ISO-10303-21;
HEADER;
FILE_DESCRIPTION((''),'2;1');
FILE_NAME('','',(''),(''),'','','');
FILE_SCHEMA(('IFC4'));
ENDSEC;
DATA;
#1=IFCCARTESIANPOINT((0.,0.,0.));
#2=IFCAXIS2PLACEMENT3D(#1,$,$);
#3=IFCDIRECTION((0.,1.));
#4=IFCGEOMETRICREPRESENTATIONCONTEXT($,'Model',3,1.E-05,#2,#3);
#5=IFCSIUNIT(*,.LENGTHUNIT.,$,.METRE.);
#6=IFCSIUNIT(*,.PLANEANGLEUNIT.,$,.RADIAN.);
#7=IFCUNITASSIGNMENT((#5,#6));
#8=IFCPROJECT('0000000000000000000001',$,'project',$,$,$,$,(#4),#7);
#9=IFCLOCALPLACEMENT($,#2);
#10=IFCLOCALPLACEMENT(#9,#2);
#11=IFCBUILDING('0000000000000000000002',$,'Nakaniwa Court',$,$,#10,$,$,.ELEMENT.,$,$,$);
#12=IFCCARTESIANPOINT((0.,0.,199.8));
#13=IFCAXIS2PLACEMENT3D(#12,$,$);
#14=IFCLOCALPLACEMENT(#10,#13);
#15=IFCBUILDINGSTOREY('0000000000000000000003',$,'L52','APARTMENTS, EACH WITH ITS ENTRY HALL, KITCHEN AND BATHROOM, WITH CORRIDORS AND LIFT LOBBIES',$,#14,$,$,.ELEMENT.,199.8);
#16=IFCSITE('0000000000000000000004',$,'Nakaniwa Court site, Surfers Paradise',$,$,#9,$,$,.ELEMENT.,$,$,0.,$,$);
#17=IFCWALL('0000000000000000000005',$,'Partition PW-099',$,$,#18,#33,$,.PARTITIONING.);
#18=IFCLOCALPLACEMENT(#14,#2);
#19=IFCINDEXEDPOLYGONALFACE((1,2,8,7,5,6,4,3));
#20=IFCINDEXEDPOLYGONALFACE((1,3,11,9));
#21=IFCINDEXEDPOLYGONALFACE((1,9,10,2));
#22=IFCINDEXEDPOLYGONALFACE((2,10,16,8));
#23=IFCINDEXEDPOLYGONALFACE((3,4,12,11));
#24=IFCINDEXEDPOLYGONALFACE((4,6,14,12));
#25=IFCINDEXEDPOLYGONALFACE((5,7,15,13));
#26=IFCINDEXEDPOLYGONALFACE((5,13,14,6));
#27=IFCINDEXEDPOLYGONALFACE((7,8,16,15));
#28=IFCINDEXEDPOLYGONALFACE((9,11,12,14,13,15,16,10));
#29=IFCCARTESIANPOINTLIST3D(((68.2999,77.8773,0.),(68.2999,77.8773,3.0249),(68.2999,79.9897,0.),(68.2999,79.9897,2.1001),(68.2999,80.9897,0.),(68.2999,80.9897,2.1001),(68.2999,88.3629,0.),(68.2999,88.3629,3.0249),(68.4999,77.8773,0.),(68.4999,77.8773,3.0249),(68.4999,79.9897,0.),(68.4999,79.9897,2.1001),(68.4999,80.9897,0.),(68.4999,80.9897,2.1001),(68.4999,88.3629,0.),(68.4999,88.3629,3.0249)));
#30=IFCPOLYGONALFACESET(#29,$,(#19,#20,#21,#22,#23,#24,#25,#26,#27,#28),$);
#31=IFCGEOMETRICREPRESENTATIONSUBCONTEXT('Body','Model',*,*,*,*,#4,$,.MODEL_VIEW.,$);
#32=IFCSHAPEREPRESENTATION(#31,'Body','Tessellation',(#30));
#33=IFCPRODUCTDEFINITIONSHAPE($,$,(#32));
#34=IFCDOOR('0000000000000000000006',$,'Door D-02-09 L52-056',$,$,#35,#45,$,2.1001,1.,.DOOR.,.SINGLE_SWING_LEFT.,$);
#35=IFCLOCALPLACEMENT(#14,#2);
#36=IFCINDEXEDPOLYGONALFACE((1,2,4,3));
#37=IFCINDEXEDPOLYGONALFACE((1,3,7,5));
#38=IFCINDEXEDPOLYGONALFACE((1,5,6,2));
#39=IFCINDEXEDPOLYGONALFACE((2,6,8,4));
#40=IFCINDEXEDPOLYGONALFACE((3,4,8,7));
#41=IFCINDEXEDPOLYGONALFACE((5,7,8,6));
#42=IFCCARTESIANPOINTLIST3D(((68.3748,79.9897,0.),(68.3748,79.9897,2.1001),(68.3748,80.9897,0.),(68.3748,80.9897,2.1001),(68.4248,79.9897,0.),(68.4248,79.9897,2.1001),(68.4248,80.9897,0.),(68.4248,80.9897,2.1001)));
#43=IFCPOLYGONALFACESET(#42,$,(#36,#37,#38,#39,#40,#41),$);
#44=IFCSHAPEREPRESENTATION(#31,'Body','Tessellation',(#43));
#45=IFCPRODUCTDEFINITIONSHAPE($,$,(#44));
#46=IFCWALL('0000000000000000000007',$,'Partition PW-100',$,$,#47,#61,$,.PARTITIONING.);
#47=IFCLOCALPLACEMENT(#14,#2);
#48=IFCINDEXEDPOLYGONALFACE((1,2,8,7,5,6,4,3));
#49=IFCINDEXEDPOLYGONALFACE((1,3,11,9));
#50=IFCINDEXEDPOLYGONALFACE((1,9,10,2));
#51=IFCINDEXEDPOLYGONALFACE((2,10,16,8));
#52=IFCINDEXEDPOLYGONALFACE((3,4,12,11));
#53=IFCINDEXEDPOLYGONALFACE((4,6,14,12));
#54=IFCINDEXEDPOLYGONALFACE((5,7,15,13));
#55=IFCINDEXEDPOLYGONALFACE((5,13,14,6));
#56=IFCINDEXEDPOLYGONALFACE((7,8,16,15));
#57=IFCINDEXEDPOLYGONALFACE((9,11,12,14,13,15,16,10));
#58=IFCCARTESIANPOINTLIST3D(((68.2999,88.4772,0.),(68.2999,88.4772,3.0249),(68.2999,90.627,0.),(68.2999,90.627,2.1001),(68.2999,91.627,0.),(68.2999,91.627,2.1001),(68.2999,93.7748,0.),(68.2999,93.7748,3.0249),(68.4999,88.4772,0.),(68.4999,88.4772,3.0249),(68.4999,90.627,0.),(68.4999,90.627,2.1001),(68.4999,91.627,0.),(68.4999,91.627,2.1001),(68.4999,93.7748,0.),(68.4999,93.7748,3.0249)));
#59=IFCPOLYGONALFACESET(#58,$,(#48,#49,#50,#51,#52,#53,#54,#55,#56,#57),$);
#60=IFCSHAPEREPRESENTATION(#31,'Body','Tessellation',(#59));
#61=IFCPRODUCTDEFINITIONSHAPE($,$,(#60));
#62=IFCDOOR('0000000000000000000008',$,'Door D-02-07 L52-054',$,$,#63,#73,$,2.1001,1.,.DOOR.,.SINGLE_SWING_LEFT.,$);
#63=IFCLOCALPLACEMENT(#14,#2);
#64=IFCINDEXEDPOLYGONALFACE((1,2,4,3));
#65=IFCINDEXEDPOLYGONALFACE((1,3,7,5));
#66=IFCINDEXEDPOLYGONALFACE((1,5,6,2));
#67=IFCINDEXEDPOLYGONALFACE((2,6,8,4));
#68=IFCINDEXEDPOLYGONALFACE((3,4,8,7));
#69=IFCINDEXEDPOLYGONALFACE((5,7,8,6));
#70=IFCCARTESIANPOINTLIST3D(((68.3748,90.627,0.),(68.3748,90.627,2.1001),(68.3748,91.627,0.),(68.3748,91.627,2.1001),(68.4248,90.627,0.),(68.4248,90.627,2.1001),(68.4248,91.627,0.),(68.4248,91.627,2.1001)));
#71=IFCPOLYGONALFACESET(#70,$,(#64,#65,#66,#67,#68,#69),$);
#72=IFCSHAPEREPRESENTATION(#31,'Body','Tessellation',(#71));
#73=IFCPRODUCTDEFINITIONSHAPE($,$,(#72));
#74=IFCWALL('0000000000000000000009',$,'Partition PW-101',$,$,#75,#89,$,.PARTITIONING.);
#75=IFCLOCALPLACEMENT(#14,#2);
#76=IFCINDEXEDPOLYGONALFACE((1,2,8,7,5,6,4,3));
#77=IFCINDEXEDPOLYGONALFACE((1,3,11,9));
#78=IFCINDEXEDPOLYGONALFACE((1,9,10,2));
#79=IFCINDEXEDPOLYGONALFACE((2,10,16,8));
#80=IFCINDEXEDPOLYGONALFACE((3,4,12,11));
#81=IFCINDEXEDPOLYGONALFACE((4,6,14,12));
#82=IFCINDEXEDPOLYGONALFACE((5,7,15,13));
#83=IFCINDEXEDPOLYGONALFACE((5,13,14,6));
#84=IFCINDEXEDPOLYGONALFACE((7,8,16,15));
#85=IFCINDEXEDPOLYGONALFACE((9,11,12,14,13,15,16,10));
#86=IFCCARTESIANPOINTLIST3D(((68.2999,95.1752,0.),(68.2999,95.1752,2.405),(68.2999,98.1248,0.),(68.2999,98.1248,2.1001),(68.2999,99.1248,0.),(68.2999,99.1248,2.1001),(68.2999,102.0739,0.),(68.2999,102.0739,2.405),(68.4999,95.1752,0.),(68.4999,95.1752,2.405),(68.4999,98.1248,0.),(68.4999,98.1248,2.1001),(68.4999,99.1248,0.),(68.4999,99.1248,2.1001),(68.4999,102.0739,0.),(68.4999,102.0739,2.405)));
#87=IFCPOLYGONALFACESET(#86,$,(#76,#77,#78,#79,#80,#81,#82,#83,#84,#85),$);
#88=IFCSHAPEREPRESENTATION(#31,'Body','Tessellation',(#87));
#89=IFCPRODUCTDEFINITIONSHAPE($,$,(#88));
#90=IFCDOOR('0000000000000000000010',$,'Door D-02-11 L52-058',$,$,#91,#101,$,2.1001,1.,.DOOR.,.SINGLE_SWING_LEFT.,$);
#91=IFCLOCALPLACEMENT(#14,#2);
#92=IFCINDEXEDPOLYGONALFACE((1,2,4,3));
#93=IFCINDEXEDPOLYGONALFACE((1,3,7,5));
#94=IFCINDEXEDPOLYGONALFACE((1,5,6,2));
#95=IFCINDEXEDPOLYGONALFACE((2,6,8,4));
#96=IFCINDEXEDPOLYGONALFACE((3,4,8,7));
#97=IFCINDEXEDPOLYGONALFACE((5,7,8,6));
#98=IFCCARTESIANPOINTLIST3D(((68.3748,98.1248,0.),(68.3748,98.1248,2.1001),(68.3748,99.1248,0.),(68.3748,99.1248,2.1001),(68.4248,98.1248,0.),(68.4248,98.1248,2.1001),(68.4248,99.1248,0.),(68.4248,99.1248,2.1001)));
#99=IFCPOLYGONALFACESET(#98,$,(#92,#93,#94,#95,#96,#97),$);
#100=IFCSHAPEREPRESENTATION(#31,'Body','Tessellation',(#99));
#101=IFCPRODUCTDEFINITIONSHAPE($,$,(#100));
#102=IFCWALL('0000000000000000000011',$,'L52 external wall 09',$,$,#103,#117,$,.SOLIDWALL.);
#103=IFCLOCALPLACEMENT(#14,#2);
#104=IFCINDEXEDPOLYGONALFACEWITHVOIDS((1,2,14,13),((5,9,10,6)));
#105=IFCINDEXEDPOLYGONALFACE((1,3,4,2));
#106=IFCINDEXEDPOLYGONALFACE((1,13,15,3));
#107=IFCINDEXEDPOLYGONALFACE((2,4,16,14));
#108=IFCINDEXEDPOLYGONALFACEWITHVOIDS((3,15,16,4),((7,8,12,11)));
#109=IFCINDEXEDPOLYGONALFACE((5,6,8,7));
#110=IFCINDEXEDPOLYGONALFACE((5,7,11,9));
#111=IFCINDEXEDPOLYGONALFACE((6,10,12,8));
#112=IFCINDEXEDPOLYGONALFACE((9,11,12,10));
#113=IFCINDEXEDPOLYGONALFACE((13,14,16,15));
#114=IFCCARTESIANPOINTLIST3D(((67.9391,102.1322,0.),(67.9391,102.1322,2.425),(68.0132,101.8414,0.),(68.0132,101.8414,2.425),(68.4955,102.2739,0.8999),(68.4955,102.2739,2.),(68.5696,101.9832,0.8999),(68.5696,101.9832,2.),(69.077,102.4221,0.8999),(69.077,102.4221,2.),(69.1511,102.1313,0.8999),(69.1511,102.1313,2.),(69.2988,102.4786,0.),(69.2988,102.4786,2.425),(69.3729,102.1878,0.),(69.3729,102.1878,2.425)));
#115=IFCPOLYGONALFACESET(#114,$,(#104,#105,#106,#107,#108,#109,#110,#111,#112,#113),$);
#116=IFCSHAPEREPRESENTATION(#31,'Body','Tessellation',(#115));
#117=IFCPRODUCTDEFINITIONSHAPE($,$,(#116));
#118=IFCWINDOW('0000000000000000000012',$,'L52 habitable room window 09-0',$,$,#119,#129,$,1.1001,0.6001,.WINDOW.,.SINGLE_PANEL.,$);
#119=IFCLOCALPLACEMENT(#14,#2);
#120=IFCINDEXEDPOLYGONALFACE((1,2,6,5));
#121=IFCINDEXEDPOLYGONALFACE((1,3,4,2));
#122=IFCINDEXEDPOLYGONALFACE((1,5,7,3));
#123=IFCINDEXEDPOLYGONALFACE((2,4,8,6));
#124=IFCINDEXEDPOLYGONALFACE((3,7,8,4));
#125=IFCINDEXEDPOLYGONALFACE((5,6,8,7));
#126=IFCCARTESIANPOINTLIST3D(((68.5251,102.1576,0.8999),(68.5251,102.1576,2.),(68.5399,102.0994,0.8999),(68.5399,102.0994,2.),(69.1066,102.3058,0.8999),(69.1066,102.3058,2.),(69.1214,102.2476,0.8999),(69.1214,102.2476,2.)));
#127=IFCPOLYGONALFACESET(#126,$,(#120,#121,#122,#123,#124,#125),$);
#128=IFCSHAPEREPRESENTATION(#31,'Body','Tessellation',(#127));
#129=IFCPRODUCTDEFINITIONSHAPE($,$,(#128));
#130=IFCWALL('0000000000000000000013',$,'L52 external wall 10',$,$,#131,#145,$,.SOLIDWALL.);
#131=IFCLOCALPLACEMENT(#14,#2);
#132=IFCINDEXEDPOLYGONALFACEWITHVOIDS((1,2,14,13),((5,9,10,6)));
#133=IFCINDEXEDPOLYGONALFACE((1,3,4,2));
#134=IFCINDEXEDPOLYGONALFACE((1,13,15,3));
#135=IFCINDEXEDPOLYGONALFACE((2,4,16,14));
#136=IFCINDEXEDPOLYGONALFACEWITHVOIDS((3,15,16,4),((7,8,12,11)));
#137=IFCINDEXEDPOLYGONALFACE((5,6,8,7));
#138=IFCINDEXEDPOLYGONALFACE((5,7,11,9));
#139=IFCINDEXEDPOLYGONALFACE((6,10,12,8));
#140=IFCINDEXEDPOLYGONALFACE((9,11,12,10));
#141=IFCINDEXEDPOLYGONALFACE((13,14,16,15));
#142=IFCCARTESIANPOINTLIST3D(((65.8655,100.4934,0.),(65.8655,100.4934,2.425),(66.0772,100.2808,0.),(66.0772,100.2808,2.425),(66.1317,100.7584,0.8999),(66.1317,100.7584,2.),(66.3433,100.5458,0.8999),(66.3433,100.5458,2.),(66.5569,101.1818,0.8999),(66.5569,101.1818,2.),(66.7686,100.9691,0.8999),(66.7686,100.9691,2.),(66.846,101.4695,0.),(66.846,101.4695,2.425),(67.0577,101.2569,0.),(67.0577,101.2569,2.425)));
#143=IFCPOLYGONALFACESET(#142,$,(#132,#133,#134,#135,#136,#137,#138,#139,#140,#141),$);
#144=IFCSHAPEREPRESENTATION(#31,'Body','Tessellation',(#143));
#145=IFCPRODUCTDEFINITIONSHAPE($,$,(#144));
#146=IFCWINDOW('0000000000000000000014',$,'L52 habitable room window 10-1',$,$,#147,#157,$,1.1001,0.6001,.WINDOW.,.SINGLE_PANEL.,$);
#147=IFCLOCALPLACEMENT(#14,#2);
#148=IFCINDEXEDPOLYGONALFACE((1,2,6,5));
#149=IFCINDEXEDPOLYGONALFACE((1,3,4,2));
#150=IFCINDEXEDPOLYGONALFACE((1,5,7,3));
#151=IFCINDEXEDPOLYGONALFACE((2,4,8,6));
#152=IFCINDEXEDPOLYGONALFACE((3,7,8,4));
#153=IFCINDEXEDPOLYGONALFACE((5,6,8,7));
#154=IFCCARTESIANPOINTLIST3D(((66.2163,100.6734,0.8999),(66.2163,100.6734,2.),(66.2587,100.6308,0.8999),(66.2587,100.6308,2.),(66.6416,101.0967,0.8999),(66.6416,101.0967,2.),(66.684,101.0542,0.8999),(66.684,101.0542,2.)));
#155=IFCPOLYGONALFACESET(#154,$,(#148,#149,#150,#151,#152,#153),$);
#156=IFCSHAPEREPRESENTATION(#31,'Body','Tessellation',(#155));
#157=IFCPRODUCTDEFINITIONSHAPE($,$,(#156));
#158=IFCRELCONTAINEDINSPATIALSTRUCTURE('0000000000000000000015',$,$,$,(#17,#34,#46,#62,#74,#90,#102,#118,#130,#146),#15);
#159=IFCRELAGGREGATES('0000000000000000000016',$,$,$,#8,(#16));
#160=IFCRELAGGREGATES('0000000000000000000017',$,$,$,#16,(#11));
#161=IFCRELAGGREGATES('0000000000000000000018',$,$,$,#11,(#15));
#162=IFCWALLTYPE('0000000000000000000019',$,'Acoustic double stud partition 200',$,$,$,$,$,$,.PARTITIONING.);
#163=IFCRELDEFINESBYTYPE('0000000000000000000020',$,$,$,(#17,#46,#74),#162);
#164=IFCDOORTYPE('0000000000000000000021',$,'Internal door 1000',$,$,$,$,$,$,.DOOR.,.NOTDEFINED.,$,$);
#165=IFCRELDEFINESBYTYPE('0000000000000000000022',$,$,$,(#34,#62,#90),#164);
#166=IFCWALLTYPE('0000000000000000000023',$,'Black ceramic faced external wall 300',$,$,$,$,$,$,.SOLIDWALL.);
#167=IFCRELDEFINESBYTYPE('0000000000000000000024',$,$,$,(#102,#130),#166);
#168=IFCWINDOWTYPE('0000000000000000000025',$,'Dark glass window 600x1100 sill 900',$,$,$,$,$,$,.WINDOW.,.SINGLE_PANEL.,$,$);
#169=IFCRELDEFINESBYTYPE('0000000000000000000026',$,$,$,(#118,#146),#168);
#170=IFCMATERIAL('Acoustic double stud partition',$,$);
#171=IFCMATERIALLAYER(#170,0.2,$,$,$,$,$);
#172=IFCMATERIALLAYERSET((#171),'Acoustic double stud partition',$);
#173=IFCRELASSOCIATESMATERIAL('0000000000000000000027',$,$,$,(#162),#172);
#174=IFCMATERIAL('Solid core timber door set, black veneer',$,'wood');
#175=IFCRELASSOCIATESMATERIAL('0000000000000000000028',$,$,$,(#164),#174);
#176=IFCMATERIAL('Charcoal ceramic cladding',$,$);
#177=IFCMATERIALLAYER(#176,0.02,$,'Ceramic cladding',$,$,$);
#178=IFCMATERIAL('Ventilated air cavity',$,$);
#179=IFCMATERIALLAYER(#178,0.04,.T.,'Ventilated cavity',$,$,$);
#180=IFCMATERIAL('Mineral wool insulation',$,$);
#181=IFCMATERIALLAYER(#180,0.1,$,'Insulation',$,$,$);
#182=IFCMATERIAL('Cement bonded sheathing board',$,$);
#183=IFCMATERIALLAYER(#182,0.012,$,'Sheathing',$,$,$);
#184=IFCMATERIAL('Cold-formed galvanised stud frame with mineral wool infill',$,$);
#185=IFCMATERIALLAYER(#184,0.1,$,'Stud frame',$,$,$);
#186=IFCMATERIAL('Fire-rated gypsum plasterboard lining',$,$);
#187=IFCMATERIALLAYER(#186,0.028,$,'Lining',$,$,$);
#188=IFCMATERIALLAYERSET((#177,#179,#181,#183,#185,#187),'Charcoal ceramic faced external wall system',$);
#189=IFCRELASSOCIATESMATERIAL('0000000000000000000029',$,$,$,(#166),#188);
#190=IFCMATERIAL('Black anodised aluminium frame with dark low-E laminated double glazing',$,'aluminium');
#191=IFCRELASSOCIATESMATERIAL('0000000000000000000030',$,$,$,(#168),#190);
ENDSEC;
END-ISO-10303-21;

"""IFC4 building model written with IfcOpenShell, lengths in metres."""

from ifc_helpers import new_model, si_unit, direction, frame, frame_2d, origin, place, context, subcontext, project, spatial, rectangle, extrude, material, layer, layer_set, type_object, element, fill, save


model = new_model("IFC4")

# Units and contexts
model_context = context("Model", 3, precision=1e-05, world=origin(), true_north=direction((0.0, 1.0)))
body_context = subcontext(model_context, "Body", "Model", "MODEL_VIEW")
ifc_project = project(units=[si_unit("LENGTHUNIT", "METRE"), si_unit("PLANEANGLEUNIT", "RADIAN")], contexts=[model_context])

# Site, building, storey
site_placement = place(None, origin())
site = spatial("IfcSite", under=ifc_project, at=site_placement, Name="Nakaniwa Court site, Surfers Paradise", CompositionType="ELEMENT", RefElevation=0.0)
building_placement = place(site_placement, origin())
building = spatial("IfcBuilding", under=site, at=building_placement, Name="Nakaniwa Court", CompositionType="ELEMENT")
storey_placement = place(building_placement, frame((0.0, 0.0, 199.8)))
storey = spatial("IfcBuildingStorey", under=building, at=storey_placement, Name="L52", Description="APARTMENTS, EACH WITH ITS ENTRY HALL, KITCHEN AND BATHROOM, WITH CORRIDORS AND LIFT LOBBIES", CompositionType="ELEMENT", Elevation=199.8)

# Shared definitions
ifc_material_1 = material(Name="Acoustic double stud partition")
ifc_layer_1 = layer(ifc_material_1, 0.2)
ifc_layer_set_1 = layer_set([ifc_layer_1], Name="Acoustic double stud partition")
wall_type_1 = type_object("IfcWallType", Name="Acoustic double stud partition 200", PredefinedType="PARTITIONING", material=ifc_layer_set_1)

# Walls, openings, doors
wall_1_placement = place(storey_placement, frame((68.3999, 88.3628, 0.0), z_axis=(0.0, 0.0, 1.0), x_axis=(0.0, -1.0, 0.0)))
wall_1 = element("IfcWall", 1, at=wall_1_placement, inside=storey, type_object=wall_type_1, Name="Partition PW-099", PredefinedType="PARTITIONING", context=body_context, shape_type="SweptSolid", body=[
    extrude(rectangle(XDim=10.4856, YDim=0.2, at=frame_2d((5.2427, 0.0))), origin(), (0.0, 0.0, 1.0), 3.0249),
])
opening_1_placement = place(wall_1_placement, frame((7.373, 0.0, 0.0)))
opening_1 = element("IfcOpeningElement", 2, at=opening_1_placement, cuts=wall_1, PredefinedType="OPENING", context=body_context, shape_type="SweptSolid", body=[
    extrude(rectangle(XDim=1.0, YDim=2.1001, at=frame_2d((0.5, 1.05))), frame((0.0, 0.1099, 0.0), z_axis=(0.0, -1.0, 0.0), x_axis=(1.0, 0.0, 0.0)), (0.0, 0.0, 1.0), 0.22),
])
ifc_material_2 = material(Name="Solid core timber door set, black veneer", Category="wood")
door_type = type_object("IfcDoorType", Name="Internal door 1000", OperationType="NOTDEFINED", PredefinedType="DOOR", material=ifc_material_2)
door_1_placement = place(opening_1_placement, origin())
door_1 = element("IfcDoor", 3, at=door_1_placement, inside=storey, type_object=door_type, Name="Door D-02-09 L52-056", OperationType="SINGLE_SWING_LEFT", OverallHeight=2.1001, OverallWidth=1.0, PredefinedType="DOOR", context=body_context, shape_type="SweptSolid", body=[
    extrude(rectangle(XDim=1.0, YDim=2.1001, at=frame_2d((0.5, 1.05))), frame((0.0, 0.0249, 0.0), z_axis=(0.0, -1.0, 0.0), x_axis=(1.0, 0.0, 0.0)), (0.0, 0.0, 1.0), 0.05),
])
fill(opening_1, door_1)
wall_2_placement = place(storey_placement, frame((68.3999, 93.7749, 0.0), z_axis=(0.0, 0.0, 1.0), x_axis=(0.0, -1.0, 0.0)))
wall_2 = element("IfcWall", 4, at=wall_2_placement, inside=storey, type_object=wall_type_1, Name="Partition PW-100", PredefinedType="PARTITIONING", context=body_context, shape_type="SweptSolid", body=[
    extrude(rectangle(XDim=5.2976, YDim=0.2, at=frame_2d((2.6489, 0.0))), origin(), (0.0, 0.0, 1.0), 3.0249),
])
opening_2_placement = place(wall_2_placement, frame((2.1479, 0.0, 0.0)))
opening_2 = element("IfcOpeningElement", 5, at=opening_2_placement, cuts=wall_2, PredefinedType="OPENING", context=body_context, shape_type="SweptSolid", body=[
    extrude(rectangle(XDim=1.0, YDim=2.1001, at=frame_2d((0.5, 1.05))), frame((0.0, 0.1099, 0.0), z_axis=(0.0, -1.0, 0.0), x_axis=(1.0, 0.0, 0.0)), (0.0, 0.0, 1.0), 0.22),
])
door_2_placement = place(opening_2_placement, origin())
door_2 = element("IfcDoor", 6, at=door_2_placement, inside=storey, type_object=door_type, Name="Door D-02-07 L52-054", OperationType="SINGLE_SWING_LEFT", OverallHeight=2.1001, OverallWidth=1.0, PredefinedType="DOOR", context=body_context, shape_type="SweptSolid", body=[
    extrude(rectangle(XDim=1.0, YDim=2.1001, at=frame_2d((0.5, 1.05))), frame((0.0, 0.0249, 0.0), z_axis=(0.0, -1.0, 0.0), x_axis=(1.0, 0.0, 0.0)), (0.0, 0.0, 1.0), 0.05),
])
fill(opening_2, door_2)
wall_3_placement = place(storey_placement, frame((68.3999, 102.0737, 0.0), z_axis=(0.0, 0.0, 1.0), x_axis=(0.0, -1.0, 0.0)))
wall_3 = element("IfcWall", 7, at=wall_3_placement, inside=storey, type_object=wall_type_1, Name="Partition PW-101", PredefinedType="PARTITIONING", context=body_context, shape_type="SweptSolid", body=[
    extrude(rectangle(XDim=6.8987, YDim=0.2, at=frame_2d((3.4492, 0.0))), origin(), (0.0, 0.0, 1.0), 2.405),
])
opening_3_placement = place(wall_3_placement, frame((2.949, 0.0, 0.0)))
opening_3 = element("IfcOpeningElement", 8, at=opening_3_placement, cuts=wall_3, PredefinedType="OPENING", context=body_context, shape_type="SweptSolid", body=[
    extrude(rectangle(XDim=1.0, YDim=2.1001, at=frame_2d((0.5, 1.05))), frame((0.0, 0.1099, 0.0), z_axis=(0.0, -1.0, 0.0), x_axis=(1.0, 0.0, 0.0)), (0.0, 0.0, 1.0), 0.22),
])
door_3_placement = place(opening_3_placement, origin())
door_3 = element("IfcDoor", 9, at=door_3_placement, inside=storey, type_object=door_type, Name="Door D-02-11 L52-058", OperationType="SINGLE_SWING_LEFT", OverallHeight=2.1001, OverallWidth=1.0, PredefinedType="DOOR", context=body_context, shape_type="SweptSolid", body=[
    extrude(rectangle(XDim=1.0, YDim=2.1001, at=frame_2d((0.5, 1.05))), frame((0.0, 0.0249, 0.0), z_axis=(0.0, -1.0, 0.0), x_axis=(1.0, 0.0, 0.0)), (0.0, 0.0, 1.0), 0.05),
])
fill(opening_3, door_3)

# Walls, openings, windows
ifc_material_3 = material(Name="Charcoal ceramic cladding")
ifc_layer_2 = layer(ifc_material_3, 0.02, Name="Ceramic cladding")
ifc_material_4 = material(Name="Ventilated air cavity")
ifc_layer_3 = layer(ifc_material_4, 0.04, ventilated=True, Name="Ventilated cavity")
ifc_material_5 = material(Name="Mineral wool insulation")
ifc_layer_4 = layer(ifc_material_5, 0.1, Name="Insulation")
ifc_material_6 = material(Name="Cement bonded sheathing board")
ifc_layer_5 = layer(ifc_material_6, 0.012, Name="Sheathing")
ifc_material_7 = material(Name="Cold-formed galvanised stud frame with mineral wool infill")
ifc_layer_6 = layer(ifc_material_7, 0.1, Name="Stud frame")
ifc_material_8 = material(Name="Fire-rated gypsum plasterboard lining")
ifc_layer_7 = layer(ifc_material_8, 0.028, Name="Lining")
ifc_layer_set_2 = layer_set([ifc_layer_2, ifc_layer_3, ifc_layer_4, ifc_layer_5, ifc_layer_6, ifc_layer_7], Name="Charcoal ceramic faced external wall system")
wall_type_2 = type_object("IfcWallType", Name="Black ceramic faced external wall 300", PredefinedType="SOLIDWALL", material=ifc_layer_set_2)
wall_4_placement = place(storey_placement, frame((69.3359, 102.3333, 0.0), z_axis=(0.0, 0.0, 1.0), x_axis=(-0.969037, -0.246914, 0.0)))
wall_4 = element("IfcWall", 10, at=wall_4_placement, inside=storey, type_object=wall_type_2, Name="L52 external wall 09", PredefinedType="SOLIDWALL", context=body_context, shape_type="SweptSolid", body=[
    extrude(rectangle(XDim=1.4031, YDim=0.3, at=frame_2d((0.7017, 0.0))), origin(), (0.0, 0.0, 1.0), 2.425),
])
opening_4_placement = place(wall_4_placement, frame((0.229, 0.0, 0.8999)))
opening_4 = element("IfcOpeningElement", 11, at=opening_4_placement, cuts=wall_4, PredefinedType="OPENING", context=body_context, shape_type="SweptSolid", body=[
    extrude(rectangle(XDim=0.6001, YDim=1.1001, at=frame_2d((0.3, 0.55))), frame((0.0, 0.1599, 0.0), z_axis=(0.0, -1.0, 0.0), x_axis=(1.0, 0.0, 0.0)), (0.0, 0.0, 1.0), 0.3201),
])
ifc_material_9 = material(Name="Black anodised aluminium frame with dark low-E laminated double glazing", Category="aluminium")
window_type_1 = type_object("IfcWindowType", Name="Dark glass window 600x1100 sill 900", PartitioningType="SINGLE_PANEL", PredefinedType="WINDOW", material=ifc_material_9)
window_1_placement = place(opening_4_placement, origin())
window_1 = element("IfcWindow", 12, at=window_1_placement, inside=storey, type_object=window_type_1, Name="L52 habitable room window 09-0", OverallHeight=1.1001, OverallWidth=0.6001, PartitioningType="SINGLE_PANEL", PredefinedType="WINDOW", context=body_context, shape_type="SweptSolid", body=[
    extrude(rectangle(XDim=0.6001, YDim=1.1001, at=frame_2d((0.3, 0.55))), frame((0.0, 0.03, 0.0), z_axis=(0.0, -1.0, 0.0), x_axis=(1.0, 0.0, 0.0)), (0.0, 0.0, 1.0), 0.0601),
])
fill(opening_4, window_1)
wall_5_placement = place(storey_placement, frame((66.9519, 101.3633, 0.0), z_axis=(0.0, 0.0, 1.0), x_axis=(-0.708693, -0.705517, 0.0)))
wall_5 = element("IfcWall", 13, at=wall_5_placement, inside=storey, type_object=wall_type_2, Name="L52 external wall 10", PredefinedType="SOLIDWALL", context=body_context, shape_type="SweptSolid", body=[
    extrude(rectangle(XDim=1.3835, YDim=0.3, at=frame_2d((0.6919, 0.0))), origin(), (0.0, 0.0, 1.0), 2.425),
])
opening_5_placement = place(wall_5_placement, frame((0.408, 0.0, 0.8999)))
opening_5 = element("IfcOpeningElement", 14, at=opening_5_placement, cuts=wall_5, PredefinedType="OPENING", context=body_context, shape_type="SweptSolid", body=[
    extrude(rectangle(XDim=0.6001, YDim=1.1001, at=frame_2d((0.3, 0.55))), frame((0.0, 0.1599, 0.0), z_axis=(0.0, -1.0, 0.0), x_axis=(1.0, 0.0, 0.0)), (0.0, 0.0, 1.0), 0.3201),
])
window_2_placement = place(opening_5_placement, origin())
window_2 = element("IfcWindow", 15, at=window_2_placement, inside=storey, type_object=window_type_1, Name="L52 habitable room window 10-1", OverallHeight=1.1001, OverallWidth=0.6001, PartitioningType="SINGLE_PANEL", PredefinedType="WINDOW", context=body_context, shape_type="SweptSolid", body=[
    extrude(rectangle(XDim=0.6001, YDim=1.1001, at=frame_2d((0.3, 0.55))), frame((0.0, 0.03, 0.0), z_axis=(0.0, -1.0, 0.0), x_axis=(1.0, 0.0, 0.0)), (0.0, 0.0, 1.0), 0.0601),
])
fill(opening_5, window_2)

save(model, "model.ifc")
